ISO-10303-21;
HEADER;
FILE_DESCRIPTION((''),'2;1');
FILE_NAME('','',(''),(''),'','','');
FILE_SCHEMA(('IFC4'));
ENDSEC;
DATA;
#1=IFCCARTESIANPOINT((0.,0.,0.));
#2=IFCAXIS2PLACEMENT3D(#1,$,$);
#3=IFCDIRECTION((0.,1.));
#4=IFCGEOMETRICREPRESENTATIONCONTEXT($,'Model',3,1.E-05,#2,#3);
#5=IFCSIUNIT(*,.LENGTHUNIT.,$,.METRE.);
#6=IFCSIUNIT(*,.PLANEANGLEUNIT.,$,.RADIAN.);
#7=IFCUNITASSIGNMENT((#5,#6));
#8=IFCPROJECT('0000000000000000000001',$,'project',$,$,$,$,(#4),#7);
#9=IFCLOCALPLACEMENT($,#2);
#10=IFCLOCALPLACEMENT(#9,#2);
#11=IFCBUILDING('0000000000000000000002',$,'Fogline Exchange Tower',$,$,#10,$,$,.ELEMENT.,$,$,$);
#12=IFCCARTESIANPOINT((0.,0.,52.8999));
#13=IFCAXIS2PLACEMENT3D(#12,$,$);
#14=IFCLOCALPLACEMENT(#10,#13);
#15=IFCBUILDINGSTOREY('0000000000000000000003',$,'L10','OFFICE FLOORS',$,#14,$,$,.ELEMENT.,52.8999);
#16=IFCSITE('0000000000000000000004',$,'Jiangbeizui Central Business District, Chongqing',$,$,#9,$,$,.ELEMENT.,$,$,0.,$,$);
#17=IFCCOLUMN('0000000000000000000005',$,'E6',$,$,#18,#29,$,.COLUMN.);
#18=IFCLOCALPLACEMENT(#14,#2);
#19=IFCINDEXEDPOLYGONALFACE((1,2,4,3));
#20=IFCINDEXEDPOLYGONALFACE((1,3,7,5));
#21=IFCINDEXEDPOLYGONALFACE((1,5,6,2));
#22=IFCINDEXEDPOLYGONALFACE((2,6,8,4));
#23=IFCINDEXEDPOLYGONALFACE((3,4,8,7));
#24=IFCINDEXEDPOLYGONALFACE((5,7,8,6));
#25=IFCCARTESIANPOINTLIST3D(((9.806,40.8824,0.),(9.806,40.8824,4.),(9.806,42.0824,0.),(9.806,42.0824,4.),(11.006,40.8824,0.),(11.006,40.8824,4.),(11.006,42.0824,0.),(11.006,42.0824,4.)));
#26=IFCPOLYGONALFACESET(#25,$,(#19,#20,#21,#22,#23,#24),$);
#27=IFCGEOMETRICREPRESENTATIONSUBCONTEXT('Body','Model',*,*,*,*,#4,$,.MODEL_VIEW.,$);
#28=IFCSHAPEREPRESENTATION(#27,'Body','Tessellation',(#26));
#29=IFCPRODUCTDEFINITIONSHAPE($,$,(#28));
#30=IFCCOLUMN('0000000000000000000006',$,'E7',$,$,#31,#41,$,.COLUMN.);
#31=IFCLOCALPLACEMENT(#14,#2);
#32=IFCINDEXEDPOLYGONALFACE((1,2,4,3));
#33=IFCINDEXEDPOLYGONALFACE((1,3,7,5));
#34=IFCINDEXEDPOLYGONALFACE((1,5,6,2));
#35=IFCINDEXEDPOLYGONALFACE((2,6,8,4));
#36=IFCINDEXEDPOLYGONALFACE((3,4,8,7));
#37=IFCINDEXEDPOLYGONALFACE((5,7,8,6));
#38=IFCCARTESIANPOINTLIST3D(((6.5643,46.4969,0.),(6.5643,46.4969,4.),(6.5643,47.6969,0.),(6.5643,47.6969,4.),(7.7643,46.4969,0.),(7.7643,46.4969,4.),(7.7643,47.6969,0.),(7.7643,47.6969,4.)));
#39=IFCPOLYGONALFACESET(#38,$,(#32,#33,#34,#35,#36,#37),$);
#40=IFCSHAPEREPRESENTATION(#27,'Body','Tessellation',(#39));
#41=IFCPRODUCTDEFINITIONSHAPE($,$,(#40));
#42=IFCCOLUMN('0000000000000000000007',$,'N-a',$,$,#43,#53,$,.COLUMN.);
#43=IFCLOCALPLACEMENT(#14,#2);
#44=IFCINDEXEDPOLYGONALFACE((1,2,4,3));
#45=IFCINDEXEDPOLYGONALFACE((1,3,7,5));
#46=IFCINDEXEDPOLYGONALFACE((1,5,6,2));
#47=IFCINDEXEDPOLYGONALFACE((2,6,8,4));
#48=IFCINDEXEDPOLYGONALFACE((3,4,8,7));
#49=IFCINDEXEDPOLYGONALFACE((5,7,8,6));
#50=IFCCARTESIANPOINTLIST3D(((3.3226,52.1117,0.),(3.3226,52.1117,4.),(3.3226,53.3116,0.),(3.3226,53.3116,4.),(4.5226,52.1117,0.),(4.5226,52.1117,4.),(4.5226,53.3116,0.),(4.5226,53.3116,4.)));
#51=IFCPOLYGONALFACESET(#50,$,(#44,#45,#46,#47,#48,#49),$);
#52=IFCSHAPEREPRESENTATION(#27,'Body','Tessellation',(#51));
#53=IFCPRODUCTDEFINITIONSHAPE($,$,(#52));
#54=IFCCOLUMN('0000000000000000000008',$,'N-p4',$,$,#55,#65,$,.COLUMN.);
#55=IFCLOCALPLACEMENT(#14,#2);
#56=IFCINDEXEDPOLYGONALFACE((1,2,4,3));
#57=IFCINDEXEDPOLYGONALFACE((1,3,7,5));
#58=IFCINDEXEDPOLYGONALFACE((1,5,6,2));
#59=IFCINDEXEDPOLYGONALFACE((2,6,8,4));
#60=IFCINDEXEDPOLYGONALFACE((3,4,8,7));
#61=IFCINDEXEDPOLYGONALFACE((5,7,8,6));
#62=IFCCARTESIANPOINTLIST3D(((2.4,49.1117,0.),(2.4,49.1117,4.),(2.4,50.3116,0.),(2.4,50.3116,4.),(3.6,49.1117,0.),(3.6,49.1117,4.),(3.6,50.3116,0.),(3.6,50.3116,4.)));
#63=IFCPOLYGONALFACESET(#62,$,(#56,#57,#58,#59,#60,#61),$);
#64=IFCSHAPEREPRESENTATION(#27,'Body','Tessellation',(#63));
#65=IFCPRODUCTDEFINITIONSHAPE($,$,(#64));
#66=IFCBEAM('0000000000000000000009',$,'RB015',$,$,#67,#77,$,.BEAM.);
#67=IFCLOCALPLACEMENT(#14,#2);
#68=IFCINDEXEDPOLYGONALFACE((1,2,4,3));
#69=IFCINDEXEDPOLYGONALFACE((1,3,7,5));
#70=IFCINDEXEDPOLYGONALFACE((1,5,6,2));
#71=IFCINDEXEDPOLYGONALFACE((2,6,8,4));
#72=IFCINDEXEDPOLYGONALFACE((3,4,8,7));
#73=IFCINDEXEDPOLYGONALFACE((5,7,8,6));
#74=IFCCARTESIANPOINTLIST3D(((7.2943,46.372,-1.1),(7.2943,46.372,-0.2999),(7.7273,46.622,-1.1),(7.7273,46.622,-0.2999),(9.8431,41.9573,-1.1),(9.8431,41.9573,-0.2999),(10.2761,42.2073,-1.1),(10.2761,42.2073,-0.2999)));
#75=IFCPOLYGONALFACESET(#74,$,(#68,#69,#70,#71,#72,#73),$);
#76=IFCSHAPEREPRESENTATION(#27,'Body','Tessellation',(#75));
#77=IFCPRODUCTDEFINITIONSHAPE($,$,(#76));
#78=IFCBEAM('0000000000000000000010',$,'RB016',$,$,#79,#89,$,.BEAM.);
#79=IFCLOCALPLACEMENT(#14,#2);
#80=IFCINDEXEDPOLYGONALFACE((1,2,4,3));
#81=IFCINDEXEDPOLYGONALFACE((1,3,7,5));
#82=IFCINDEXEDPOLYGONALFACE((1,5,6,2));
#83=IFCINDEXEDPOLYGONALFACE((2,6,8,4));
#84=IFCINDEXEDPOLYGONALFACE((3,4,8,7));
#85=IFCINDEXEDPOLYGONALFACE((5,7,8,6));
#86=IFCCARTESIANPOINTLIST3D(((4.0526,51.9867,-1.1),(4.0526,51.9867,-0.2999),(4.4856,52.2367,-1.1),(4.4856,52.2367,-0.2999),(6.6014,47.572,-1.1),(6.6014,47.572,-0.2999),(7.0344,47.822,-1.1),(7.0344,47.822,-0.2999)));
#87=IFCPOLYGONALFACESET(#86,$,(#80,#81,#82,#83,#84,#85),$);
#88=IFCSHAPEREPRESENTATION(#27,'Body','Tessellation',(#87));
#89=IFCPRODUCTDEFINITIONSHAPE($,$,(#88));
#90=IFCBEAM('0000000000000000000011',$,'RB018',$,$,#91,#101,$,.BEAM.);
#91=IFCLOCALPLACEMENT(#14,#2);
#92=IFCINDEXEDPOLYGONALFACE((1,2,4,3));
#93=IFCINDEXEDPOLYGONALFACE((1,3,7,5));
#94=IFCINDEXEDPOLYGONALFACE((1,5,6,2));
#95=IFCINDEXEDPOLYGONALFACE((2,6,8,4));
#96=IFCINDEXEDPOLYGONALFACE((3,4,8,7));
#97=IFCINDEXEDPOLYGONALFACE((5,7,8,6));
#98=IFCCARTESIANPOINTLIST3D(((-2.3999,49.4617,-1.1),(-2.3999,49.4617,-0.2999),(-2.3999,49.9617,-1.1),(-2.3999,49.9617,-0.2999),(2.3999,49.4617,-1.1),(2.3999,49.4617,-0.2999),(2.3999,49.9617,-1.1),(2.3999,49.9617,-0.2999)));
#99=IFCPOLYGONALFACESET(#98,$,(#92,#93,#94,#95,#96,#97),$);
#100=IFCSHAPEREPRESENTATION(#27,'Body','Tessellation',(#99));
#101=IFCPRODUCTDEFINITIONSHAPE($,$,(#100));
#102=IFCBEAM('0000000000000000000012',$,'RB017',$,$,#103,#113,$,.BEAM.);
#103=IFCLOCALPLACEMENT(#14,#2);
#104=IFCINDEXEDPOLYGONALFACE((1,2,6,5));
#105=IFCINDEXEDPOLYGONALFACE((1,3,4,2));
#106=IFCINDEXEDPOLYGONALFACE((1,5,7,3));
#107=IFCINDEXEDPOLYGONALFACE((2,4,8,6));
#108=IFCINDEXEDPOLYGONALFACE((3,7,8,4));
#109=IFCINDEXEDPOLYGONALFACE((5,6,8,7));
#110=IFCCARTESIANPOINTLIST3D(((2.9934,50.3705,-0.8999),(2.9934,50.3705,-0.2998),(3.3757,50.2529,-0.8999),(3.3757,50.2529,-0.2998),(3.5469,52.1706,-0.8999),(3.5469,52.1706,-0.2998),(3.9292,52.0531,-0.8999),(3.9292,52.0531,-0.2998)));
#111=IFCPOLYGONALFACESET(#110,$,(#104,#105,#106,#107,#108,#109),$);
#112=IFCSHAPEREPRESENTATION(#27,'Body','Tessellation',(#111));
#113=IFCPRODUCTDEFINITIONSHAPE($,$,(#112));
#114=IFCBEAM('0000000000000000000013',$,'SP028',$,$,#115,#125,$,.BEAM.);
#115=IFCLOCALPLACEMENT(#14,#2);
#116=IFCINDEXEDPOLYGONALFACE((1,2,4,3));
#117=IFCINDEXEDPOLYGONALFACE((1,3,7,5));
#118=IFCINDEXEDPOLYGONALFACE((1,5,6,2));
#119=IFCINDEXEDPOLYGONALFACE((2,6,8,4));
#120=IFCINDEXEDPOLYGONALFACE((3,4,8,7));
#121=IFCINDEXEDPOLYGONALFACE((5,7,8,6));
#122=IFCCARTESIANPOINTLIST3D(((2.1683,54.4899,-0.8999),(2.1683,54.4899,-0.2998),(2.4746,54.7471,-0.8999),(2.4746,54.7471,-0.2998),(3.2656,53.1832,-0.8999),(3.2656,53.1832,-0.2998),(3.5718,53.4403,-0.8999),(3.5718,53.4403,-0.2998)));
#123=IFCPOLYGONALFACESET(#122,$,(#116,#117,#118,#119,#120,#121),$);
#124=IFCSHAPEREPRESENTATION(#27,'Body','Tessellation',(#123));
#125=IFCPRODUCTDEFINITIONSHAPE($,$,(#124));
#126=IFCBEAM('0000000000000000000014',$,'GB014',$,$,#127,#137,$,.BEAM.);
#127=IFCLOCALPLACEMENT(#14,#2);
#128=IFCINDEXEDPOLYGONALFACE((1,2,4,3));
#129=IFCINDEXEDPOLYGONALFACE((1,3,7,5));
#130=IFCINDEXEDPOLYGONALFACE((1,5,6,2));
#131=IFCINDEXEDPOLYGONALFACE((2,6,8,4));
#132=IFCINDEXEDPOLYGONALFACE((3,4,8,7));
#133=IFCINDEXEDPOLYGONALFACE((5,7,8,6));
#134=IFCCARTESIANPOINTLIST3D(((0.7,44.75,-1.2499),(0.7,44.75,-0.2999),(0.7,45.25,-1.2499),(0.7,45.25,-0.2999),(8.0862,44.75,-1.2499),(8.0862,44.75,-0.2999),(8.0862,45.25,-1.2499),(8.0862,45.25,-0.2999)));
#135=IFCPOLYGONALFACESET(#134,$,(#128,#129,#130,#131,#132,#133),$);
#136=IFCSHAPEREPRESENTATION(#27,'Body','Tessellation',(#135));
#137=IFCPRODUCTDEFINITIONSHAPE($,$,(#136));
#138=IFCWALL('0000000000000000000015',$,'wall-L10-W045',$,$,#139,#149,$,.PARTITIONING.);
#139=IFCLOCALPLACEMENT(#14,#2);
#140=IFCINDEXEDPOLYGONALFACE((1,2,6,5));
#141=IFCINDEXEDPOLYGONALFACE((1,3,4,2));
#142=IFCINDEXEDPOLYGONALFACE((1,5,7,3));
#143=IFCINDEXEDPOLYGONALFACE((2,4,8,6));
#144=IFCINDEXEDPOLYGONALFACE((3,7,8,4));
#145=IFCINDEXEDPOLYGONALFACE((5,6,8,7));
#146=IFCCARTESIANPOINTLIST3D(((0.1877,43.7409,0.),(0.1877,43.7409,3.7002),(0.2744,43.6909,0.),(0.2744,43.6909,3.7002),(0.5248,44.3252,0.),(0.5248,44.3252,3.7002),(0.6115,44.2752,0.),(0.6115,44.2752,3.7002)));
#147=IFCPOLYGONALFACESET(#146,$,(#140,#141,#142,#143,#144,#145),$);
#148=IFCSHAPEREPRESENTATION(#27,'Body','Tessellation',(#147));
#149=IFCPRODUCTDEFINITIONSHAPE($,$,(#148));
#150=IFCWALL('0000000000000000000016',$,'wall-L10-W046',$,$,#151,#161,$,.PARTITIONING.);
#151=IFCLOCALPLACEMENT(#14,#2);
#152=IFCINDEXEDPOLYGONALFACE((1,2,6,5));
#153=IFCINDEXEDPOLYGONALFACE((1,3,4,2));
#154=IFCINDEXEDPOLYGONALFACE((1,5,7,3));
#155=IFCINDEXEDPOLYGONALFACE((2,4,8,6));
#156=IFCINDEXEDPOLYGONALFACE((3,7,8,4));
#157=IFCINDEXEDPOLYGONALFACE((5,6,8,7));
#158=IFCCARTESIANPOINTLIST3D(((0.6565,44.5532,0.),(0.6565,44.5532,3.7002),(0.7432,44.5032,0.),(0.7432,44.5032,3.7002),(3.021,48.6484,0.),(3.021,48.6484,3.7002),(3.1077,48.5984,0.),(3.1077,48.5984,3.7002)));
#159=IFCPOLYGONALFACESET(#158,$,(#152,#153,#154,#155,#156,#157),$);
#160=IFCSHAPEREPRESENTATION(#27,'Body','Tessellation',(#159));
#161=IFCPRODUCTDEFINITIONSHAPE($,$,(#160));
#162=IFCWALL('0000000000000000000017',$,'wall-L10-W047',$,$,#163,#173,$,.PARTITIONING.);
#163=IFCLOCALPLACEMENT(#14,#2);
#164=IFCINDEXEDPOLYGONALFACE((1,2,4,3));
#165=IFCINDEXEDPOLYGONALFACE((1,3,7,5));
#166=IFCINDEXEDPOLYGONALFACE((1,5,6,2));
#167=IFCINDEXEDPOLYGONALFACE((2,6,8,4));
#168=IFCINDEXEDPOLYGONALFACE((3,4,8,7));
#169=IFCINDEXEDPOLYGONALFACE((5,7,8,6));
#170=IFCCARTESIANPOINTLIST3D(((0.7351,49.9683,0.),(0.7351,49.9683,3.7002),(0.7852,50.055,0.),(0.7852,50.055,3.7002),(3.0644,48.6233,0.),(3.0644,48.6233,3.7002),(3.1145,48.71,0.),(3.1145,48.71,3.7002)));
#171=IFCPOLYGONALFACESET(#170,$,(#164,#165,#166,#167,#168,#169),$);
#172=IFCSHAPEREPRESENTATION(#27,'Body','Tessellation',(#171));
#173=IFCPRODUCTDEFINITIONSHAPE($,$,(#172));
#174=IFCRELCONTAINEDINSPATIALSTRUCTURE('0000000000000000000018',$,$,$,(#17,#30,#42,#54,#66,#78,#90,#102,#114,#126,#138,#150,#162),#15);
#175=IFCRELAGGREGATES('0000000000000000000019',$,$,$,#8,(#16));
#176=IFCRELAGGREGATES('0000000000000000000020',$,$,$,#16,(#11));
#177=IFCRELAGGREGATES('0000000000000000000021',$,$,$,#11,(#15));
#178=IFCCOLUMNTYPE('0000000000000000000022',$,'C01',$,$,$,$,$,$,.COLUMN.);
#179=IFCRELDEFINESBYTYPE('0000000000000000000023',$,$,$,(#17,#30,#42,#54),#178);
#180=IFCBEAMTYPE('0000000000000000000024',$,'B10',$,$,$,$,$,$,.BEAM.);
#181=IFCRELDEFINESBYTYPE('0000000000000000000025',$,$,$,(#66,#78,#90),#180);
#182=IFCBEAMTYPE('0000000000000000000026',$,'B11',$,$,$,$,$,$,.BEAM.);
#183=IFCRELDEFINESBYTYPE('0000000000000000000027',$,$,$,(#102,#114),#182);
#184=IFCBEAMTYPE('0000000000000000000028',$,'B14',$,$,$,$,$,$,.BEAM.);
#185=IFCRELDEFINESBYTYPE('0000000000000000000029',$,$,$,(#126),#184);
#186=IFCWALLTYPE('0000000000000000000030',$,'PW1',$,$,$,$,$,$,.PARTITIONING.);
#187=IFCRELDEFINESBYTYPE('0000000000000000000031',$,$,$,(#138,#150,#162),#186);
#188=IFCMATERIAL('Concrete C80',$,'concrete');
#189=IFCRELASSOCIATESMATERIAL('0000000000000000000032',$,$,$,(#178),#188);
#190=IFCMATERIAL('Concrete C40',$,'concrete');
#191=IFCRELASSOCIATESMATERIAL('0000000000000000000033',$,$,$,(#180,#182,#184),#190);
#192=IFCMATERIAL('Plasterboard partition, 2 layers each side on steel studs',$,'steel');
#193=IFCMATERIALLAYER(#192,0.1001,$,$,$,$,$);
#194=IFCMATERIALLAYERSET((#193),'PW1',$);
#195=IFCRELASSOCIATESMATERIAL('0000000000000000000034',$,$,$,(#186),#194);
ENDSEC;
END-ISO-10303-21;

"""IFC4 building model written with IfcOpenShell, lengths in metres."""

from ifc_helpers import new_model, si_unit, direction, frame, frame_2d, origin, origin_2d, place, context, subcontext, project, spatial, rectangle, extrude, material, layer, layer_set, material_profile, profile_set, type_object, element, save


model = new_model("IFC4")

# Units and contexts
model_context = context("Model", 3, precision=1e-05, world=origin(), true_north=direction((0.0, 1.0)))
body_context = subcontext(model_context, "Body", "Model", "MODEL_VIEW")
ifc_project = project(units=[si_unit("LENGTHUNIT", "METRE"), si_unit("PLANEANGLEUNIT", "RADIAN")], contexts=[model_context])

# Site, building, storey
site_placement = place(None, origin())
site = spatial("IfcSite", under=ifc_project, at=site_placement, Name="Jiangbeizui Central Business District, Chongqing", CompositionType="ELEMENT", RefElevation=0.0)
building_placement = place(site_placement, origin())
building = spatial("IfcBuilding", under=site, at=building_placement, Name="Fogline Exchange Tower", CompositionType="ELEMENT")
storey_placement = place(building_placement, frame((0.0, 0.0, 52.8999)))
storey = spatial("IfcBuildingStorey", under=building, at=storey_placement, Name="L10", Description="OFFICE FLOORS", CompositionType="ELEMENT", Elevation=52.8999)

# Columns
ifc_material_1 = material(Name="Concrete C80", Category="concrete")
ifc_material_profile_1 = material_profile(ifc_material_1, rectangle(XDim=1.2, YDim=1.2, at=origin_2d()), Name="RC 1200x1200")
ifc_profile_set_1 = profile_set([ifc_material_profile_1], Name="Concrete C80")
column_type = type_object("IfcColumnType", Name="C01", PredefinedType="COLUMN", material=ifc_profile_set_1)
for number, where, z_axis, x_axis, name in (
    (1, (10.406, 41.4824, 0.0), (0.0, 0.0, 1.0), (1.0, 0.0, 0.0), "E6"),
    (2, (7.1643, 47.0969, 0.0), (0.0, 0.0, 1.0), (1.0, 0.0, 0.0), "E7"),
    (3, (3.9226, 52.7117, 0.0), (0.0, 0.0, 1.0), (1.0, 0.0, 0.0), "N-a"),
    (4, (3.0, 49.7117, 0.0), (0.0, 0.0, 1.0), (1.0, 0.0, 0.0), "N-p4"),
):
    element("IfcColumn", number, at=place(storey_placement, frame(where, z_axis=z_axis, x_axis=x_axis)), inside=storey, type_object=column_type, Name=name, PredefinedType="COLUMN", context=body_context, shape_type="SweptSolid", body=[
        extrude(rectangle(XDim=1.2, YDim=1.2, at=origin_2d()), origin(), (0.0, 0.0, 1.0), 4.0),
    ])

# Beams
ifc_material_2 = material(Name="Concrete C40", Category="concrete")
ifc_material_profile_2 = material_profile(ifc_material_2, rectangle(XDim=0.5, YDim=0.8, at=origin_2d()), Name="RC 500x800")
ifc_profile_set_2 = profile_set([ifc_material_profile_2], Name="Concrete C40")
beam_type_1 = type_object("IfcBeamType", Name="B10", PredefinedType="BEAM", material=ifc_profile_set_2)
for number, where, z_axis, x_axis, name in (
    (5, (10.0596, 42.0823, -0.7), (-0.499992, 0.86603, 0.0), (-0.86603, -0.499992, 0.0), "RB015"),
    (6, (6.8179, 47.697, -0.7), (-0.499992, 0.86603, 0.0), (-0.86603, -0.499992, 0.0), "RB016"),
):
    element("IfcBeam", number, at=place(storey_placement, frame(where, z_axis=z_axis, x_axis=x_axis)), inside=storey, type_object=beam_type_1, Name=name, PredefinedType="BEAM", context=body_context, shape_type="SweptSolid", body=[
        extrude(rectangle(XDim=0.5, YDim=0.8, at=origin_2d()), origin(), (0.0, 0.0, 1.0), 5.0977),
    ])
beam_1_placement = place(storey_placement, frame((2.3999, 49.7117, -0.7), z_axis=(-1.0, 0.0, 0.0), x_axis=(0.0, -1.0, 0.0)))
element("IfcBeam", 7, at=beam_1_placement, inside=storey, type_object=beam_type_1, Name="RB018", PredefinedType="BEAM", context=body_context, shape_type="SweptSolid", body=[
    extrude(rectangle(XDim=0.5, YDim=0.8, at=origin_2d()), origin(), (0.0, 0.0, 1.0), 4.7998),
])
ifc_material_profile_3 = material_profile(ifc_material_2, rectangle(XDim=0.3999, YDim=0.6001, at=origin_2d()), Name="RC 400x600")
ifc_profile_set_3 = profile_set([ifc_material_profile_3], Name="Concrete C40")
beam_type_2 = type_object("IfcBeamType", Name="B11", PredefinedType="BEAM", material=ifc_profile_set_3)
beam_2_placement = place(storey_placement, frame((3.738, 52.1118, -0.5999), z_axis=(-0.293895, -0.955838, 0.0), x_axis=(0.955838, -0.293895, 0.0)))
element("IfcBeam", 8, at=beam_2_placement, inside=storey, type_object=beam_type_2, Name="RB017", PredefinedType="BEAM", context=body_context, shape_type="SweptSolid", body=[
    extrude(rectangle(XDim=0.3999, YDim=0.6001, at=origin_2d()), origin(), (0.0, 0.0, 1.0), 1.8833),
])
beam_3_placement = place(storey_placement, frame((3.4187, 53.3118, -0.5999), z_axis=(-0.643051, 0.765823, 0.0), x_axis=(-0.765823, -0.643051, 0.0)))
element("IfcBeam", 9, at=beam_3_placement, inside=storey, type_object=beam_type_2, Name="SP028", PredefinedType="BEAM", context=body_context, shape_type="SweptSolid", body=[
    extrude(rectangle(XDim=0.3999, YDim=0.6001, at=origin_2d()), origin(), (0.0, 0.0, 1.0), 1.7063),
])
ifc_material_profile_4 = material_profile(ifc_material_2, rectangle(XDim=0.5, YDim=0.95, at=origin_2d()), Name="RC 500x950")
ifc_profile_set_4 = profile_set([ifc_material_profile_4], Name="Concrete C40")
beam_type_3 = type_object("IfcBeamType", Name="B14", PredefinedType="BEAM", material=ifc_profile_set_4)
beam_4_placement = place(storey_placement, frame((0.7, 45.0, -0.7749), z_axis=(1.0, 0.0, 0.0), x_axis=(0.0, 1.0, 0.0)))
element("IfcBeam", 10, at=beam_4_placement, inside=storey, type_object=beam_type_3, Name="GB014", PredefinedType="BEAM", context=body_context, shape_type="SweptSolid", body=[
    extrude(rectangle(XDim=0.5, YDim=0.95, at=origin_2d()), origin(), (0.0, 0.0, 1.0), 7.3862),
])

# Walls
ifc_material_3 = material(Name="Plasterboard partition, 2 layers each side on steel studs", Category="steel")
ifc_layer_1 = layer(ifc_material_3, 0.1001)
ifc_layer_set_1 = layer_set([ifc_layer_1], Name="PW1")
wall_type_1 = type_object("IfcWallType", Name="PW1", PredefinedType="PARTITIONING", material=ifc_layer_set_1)
wall_1_placement = place(storey_placement, frame((0.231, 43.7158, 0.0), z_axis=(0.0, 0.0, 1.0), x_axis=(0.499837, 0.866119, 0.0)))
element("IfcWall", 11, at=wall_1_placement, inside=storey, type_object=wall_type_1, Name="wall-L10-W045", PredefinedType="PARTITIONING", context=body_context, shape_type="SweptSolid", body=[
    extrude(rectangle(XDim=0.6746, YDim=0.1001, at=frame_2d((0.3374, 0.0))), origin(), (0.0, 0.0, 1.0), 3.7002),
])
wall_2_placement = place(storey_placement, frame((0.7, 44.5283, 0.0), z_axis=(0.0, 0.0, 1.0), x_axis=(0.50002, 0.866014, 0.0)))
element("IfcWall", 12, at=wall_2_placement, inside=storey, type_object=wall_type_1, Name="wall-L10-W046", PredefinedType="PARTITIONING", context=body_context, shape_type="SweptSolid", body=[
    extrude(rectangle(XDim=4.7288, YDim=0.1001, at=frame_2d((2.3643, 0.0))), origin(), (0.0, 0.0, 1.0), 3.7002),
])
wall_3_placement = place(storey_placement, frame((3.0894, 48.6667, 0.0), z_axis=(0.0, 0.0, 1.0), x_axis=(-0.866006, 0.500034, 0.0)))
element("IfcWall", 13, at=wall_3_placement, inside=storey, type_object=wall_type_1, Name="wall-L10-W047", PredefinedType="PARTITIONING", context=body_context, shape_type="SweptSolid", body=[
    extrude(rectangle(XDim=2.6897, YDim=0.1001, at=frame_2d((1.3447, 0.0))), origin(), (0.0, 0.0, 1.0), 3.7002),
])

save(model, "model.ifc")
